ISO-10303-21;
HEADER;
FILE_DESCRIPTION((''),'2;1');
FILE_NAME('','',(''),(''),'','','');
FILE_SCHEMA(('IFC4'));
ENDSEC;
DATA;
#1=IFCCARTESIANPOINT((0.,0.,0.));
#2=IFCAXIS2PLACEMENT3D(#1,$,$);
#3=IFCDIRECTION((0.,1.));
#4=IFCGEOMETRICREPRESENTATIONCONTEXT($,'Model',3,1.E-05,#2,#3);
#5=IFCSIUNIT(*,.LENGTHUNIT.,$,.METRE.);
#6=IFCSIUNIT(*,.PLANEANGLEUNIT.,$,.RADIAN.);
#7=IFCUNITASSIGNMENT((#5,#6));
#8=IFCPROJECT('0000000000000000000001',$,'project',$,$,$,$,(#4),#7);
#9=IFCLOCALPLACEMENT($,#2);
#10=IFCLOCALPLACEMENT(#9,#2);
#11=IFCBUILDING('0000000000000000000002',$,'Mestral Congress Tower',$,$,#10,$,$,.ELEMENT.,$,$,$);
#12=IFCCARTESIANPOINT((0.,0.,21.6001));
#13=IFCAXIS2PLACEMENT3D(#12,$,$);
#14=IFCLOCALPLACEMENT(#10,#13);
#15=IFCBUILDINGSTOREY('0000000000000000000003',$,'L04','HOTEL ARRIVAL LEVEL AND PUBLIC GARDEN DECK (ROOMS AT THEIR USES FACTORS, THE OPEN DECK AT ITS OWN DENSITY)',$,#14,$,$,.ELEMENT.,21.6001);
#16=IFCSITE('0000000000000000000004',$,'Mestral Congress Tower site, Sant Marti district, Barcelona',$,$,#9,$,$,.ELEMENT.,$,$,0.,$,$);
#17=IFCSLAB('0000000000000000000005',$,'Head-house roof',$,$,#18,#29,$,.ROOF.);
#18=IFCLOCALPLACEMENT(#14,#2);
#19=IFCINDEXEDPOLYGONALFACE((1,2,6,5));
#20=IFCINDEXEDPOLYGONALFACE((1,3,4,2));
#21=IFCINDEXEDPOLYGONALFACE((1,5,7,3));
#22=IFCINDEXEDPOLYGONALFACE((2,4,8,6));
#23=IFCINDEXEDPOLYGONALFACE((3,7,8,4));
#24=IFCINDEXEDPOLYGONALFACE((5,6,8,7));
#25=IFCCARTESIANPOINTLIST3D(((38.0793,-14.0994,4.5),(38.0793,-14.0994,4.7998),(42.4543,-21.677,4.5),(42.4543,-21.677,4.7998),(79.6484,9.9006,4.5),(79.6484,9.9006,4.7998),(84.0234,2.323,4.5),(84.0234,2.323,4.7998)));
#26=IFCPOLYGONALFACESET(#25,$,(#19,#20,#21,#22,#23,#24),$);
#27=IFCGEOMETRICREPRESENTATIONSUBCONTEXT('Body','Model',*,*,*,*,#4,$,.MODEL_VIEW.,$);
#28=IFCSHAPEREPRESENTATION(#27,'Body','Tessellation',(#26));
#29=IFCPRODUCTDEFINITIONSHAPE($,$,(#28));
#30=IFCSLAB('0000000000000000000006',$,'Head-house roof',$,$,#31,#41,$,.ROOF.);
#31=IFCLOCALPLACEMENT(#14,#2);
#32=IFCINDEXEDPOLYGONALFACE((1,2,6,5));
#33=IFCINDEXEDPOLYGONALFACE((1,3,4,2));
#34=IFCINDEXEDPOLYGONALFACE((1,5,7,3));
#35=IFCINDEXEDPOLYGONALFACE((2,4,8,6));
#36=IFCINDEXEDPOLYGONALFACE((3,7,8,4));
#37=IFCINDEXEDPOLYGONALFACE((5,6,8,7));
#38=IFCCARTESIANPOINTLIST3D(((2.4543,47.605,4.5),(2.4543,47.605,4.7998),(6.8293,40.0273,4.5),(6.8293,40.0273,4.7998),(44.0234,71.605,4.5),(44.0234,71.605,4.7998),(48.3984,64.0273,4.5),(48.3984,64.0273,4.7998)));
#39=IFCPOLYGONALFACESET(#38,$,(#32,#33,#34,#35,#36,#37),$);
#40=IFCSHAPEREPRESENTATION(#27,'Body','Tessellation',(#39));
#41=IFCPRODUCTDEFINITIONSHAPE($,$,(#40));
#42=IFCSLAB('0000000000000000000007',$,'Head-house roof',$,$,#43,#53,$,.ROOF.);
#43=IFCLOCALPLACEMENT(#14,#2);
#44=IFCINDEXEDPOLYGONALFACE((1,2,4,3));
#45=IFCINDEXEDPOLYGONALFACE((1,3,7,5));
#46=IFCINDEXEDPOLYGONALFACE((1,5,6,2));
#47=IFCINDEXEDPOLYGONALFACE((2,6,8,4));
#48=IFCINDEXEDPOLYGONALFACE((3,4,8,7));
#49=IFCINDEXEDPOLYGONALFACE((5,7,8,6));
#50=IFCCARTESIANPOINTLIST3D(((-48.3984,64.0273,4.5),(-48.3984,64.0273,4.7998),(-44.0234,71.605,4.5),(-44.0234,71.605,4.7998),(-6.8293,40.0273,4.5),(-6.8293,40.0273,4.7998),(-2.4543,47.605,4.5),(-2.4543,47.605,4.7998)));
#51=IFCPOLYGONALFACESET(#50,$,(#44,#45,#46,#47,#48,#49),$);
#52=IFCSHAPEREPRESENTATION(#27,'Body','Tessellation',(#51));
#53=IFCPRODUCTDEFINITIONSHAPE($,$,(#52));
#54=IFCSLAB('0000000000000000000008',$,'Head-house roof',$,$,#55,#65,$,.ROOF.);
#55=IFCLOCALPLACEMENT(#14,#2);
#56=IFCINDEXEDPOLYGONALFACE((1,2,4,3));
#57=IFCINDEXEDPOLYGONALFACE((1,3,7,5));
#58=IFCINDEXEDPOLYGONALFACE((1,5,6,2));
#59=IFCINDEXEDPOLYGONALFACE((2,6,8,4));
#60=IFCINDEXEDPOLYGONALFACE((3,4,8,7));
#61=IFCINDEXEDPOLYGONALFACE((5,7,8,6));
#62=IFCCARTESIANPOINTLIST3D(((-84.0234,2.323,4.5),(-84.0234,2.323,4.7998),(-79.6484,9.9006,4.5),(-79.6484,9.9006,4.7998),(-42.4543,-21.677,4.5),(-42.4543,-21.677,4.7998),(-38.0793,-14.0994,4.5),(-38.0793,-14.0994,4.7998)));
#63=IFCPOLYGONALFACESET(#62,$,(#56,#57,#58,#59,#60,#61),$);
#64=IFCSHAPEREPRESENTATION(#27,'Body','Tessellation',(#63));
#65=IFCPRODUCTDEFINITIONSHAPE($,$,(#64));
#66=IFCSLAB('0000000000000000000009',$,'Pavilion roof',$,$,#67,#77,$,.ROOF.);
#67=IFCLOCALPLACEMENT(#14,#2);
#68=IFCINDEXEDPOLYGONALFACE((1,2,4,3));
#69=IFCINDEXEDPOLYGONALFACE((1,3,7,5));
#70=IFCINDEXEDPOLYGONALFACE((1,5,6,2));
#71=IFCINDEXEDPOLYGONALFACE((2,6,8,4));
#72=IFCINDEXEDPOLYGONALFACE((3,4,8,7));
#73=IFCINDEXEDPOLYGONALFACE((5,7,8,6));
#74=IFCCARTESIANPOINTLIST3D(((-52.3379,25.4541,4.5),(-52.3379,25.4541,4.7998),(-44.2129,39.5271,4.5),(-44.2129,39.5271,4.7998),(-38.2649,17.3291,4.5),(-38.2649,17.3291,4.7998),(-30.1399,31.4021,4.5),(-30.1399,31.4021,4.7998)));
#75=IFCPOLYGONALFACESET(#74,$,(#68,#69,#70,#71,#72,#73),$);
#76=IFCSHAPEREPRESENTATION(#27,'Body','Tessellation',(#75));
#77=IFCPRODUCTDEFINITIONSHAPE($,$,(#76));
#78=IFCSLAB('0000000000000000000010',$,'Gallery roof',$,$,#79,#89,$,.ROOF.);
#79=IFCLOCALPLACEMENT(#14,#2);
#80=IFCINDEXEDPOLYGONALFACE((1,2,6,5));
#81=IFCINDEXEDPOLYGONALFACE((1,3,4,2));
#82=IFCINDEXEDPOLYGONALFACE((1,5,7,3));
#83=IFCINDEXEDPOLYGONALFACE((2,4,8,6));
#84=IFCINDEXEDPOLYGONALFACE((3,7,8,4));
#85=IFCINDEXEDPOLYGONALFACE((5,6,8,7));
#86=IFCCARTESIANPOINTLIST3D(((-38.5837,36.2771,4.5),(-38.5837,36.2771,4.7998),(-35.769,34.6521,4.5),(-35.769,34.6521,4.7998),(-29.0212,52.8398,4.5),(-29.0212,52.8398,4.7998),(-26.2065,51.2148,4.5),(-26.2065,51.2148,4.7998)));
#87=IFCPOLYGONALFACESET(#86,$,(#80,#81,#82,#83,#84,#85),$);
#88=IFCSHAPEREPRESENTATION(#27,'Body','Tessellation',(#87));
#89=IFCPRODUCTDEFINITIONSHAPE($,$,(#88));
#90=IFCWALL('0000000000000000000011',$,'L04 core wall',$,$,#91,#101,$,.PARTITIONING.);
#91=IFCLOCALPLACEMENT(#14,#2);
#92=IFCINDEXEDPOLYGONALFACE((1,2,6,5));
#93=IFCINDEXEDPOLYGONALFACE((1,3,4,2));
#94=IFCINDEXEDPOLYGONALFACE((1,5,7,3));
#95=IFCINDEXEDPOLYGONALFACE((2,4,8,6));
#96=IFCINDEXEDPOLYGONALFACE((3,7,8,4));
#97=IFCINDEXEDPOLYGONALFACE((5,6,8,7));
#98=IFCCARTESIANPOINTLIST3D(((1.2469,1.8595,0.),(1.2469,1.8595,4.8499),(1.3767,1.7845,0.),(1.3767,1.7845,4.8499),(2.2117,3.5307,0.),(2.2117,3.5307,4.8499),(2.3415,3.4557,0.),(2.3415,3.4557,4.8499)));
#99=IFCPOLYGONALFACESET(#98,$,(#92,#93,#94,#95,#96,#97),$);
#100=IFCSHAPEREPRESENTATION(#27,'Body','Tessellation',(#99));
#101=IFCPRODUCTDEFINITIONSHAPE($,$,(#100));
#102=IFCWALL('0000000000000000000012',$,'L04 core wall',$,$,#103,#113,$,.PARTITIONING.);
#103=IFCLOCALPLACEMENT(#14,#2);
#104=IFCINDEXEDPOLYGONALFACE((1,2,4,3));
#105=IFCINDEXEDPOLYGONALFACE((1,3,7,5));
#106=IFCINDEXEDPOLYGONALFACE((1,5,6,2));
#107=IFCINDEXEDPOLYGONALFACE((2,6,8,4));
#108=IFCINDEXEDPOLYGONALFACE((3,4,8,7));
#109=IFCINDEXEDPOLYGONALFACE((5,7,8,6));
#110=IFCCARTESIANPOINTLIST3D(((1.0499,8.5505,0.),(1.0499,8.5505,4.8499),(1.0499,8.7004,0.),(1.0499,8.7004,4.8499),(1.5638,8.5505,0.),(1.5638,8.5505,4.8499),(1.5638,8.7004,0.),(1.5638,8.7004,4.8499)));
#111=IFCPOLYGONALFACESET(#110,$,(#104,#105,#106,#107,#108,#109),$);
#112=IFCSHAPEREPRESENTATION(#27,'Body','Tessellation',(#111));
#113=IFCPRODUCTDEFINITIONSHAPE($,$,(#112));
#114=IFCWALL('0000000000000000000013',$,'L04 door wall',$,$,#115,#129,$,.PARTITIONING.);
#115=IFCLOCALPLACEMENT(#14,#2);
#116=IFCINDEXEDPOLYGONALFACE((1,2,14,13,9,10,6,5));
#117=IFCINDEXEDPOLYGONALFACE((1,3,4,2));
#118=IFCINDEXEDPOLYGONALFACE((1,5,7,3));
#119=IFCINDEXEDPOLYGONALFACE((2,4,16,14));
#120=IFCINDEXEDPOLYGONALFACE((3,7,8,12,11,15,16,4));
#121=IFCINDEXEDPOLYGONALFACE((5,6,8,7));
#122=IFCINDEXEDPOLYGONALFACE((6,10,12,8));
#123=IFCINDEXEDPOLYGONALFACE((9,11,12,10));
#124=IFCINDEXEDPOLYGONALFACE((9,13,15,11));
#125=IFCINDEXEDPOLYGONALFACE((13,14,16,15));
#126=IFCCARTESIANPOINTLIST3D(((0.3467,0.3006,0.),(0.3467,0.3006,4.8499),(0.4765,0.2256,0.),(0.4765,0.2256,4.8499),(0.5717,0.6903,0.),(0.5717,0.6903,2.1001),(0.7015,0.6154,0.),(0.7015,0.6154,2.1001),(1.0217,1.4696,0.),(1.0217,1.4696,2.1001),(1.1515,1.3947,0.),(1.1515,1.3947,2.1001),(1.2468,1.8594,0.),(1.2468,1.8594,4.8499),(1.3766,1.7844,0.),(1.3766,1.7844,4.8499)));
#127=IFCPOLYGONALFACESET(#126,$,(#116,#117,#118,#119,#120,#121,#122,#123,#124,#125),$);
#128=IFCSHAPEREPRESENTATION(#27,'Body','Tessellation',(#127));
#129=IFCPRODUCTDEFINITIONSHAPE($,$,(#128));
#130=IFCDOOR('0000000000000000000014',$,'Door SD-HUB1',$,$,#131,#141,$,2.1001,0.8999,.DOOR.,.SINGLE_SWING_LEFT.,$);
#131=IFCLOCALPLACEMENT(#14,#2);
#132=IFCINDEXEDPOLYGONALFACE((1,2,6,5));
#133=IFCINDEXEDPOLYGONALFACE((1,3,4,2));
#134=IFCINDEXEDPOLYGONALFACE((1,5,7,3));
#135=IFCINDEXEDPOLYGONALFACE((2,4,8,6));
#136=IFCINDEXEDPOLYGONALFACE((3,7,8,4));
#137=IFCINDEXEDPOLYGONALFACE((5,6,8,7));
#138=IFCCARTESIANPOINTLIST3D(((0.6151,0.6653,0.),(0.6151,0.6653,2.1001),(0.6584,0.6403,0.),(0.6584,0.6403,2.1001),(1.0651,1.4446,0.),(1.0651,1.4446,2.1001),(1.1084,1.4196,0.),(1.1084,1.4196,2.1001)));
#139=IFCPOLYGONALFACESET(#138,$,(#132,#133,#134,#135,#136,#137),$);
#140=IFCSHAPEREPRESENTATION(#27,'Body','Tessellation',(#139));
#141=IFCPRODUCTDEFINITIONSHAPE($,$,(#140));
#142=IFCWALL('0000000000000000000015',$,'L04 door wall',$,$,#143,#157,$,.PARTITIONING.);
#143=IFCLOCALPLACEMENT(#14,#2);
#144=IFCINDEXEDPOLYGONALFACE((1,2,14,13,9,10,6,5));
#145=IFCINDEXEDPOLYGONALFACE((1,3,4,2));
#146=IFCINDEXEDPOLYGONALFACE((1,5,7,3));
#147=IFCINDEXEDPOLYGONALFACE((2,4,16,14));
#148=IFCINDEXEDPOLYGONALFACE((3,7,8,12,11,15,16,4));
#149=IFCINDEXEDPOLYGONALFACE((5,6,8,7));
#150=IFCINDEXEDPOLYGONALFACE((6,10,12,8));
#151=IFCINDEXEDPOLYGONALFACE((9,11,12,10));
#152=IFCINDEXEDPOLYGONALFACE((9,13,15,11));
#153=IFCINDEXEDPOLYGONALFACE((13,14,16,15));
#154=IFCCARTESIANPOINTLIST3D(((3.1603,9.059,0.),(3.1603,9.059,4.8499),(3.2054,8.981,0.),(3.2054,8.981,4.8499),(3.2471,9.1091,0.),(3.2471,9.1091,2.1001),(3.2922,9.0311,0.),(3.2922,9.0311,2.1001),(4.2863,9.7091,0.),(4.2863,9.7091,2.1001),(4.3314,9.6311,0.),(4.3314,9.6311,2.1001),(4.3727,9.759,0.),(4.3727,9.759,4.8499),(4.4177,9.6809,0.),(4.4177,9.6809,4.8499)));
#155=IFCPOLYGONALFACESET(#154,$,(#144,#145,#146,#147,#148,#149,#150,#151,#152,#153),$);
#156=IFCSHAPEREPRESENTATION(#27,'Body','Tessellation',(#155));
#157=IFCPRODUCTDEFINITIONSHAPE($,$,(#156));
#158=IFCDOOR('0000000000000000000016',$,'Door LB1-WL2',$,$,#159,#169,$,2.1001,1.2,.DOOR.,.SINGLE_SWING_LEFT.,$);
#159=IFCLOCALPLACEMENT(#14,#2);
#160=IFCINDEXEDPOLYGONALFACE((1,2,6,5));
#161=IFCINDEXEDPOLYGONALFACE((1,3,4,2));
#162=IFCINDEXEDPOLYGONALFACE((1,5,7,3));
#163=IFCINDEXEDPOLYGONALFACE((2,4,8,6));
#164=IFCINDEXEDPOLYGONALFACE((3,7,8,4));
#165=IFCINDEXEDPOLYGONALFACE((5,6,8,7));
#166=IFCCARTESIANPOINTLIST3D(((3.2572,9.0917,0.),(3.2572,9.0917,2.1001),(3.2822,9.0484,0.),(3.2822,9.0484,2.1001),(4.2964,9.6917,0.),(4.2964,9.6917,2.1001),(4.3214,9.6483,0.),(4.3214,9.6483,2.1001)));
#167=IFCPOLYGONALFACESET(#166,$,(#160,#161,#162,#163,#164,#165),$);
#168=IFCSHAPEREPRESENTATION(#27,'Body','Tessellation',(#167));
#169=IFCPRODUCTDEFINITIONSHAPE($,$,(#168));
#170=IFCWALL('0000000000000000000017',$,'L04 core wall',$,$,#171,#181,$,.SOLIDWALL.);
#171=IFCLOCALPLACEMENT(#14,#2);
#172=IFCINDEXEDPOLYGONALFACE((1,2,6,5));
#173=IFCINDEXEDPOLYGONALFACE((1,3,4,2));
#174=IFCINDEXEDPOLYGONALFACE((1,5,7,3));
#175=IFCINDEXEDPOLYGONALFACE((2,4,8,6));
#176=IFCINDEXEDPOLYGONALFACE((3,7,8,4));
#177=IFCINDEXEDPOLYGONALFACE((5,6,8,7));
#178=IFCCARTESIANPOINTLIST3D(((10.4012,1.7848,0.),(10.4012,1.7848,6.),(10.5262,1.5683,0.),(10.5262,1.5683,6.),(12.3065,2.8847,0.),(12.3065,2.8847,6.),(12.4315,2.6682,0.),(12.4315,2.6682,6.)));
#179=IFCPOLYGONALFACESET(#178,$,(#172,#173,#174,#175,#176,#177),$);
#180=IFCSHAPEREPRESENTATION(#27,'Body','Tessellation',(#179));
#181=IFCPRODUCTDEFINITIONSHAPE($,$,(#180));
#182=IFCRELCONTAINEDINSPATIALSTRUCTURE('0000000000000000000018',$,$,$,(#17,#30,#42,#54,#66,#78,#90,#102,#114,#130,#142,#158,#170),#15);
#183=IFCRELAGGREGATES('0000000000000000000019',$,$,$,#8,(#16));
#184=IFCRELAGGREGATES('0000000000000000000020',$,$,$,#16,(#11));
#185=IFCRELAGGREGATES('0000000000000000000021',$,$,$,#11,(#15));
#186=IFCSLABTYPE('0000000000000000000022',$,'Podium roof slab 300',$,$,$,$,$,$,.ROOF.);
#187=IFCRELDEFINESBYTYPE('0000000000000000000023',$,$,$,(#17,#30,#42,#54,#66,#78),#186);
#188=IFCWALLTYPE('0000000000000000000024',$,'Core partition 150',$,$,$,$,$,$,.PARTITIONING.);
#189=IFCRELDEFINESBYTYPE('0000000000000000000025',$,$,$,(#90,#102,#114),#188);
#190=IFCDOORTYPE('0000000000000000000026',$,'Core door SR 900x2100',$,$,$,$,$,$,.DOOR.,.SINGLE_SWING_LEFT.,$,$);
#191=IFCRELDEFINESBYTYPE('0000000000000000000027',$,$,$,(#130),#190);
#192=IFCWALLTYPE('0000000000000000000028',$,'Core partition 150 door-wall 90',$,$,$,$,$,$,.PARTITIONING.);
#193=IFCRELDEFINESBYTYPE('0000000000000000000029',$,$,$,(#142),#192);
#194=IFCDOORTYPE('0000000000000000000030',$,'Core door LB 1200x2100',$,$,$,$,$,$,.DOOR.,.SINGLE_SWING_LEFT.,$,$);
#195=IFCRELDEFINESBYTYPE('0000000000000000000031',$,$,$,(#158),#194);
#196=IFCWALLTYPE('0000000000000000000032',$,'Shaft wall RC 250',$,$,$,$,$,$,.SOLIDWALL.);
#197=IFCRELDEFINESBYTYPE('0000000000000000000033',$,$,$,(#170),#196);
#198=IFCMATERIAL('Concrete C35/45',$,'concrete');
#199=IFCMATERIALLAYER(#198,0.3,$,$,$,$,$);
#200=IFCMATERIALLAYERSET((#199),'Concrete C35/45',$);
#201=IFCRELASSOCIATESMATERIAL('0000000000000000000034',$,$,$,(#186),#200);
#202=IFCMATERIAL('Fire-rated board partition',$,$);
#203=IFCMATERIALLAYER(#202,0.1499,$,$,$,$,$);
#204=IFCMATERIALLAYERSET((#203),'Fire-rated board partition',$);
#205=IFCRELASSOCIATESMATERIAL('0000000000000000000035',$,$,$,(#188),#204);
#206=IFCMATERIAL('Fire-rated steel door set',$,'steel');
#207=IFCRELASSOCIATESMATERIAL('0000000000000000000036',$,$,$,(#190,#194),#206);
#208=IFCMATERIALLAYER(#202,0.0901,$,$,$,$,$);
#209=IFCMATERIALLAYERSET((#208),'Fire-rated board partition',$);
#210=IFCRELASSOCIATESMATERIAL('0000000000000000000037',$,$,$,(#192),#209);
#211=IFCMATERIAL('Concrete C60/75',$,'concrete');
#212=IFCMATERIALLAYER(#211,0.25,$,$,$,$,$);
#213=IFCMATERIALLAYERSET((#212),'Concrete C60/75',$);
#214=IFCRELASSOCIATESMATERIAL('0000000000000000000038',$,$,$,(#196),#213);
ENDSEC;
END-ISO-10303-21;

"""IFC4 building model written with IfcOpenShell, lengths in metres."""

from ifc_helpers import new_model, si_unit, direction, frame, frame_2d, origin, place, context, subcontext, project, spatial, polyline, rectangle, outline, extrude, material, layer, layer_set, type_object, element, fill, save


model = new_model("IFC4")

# Units and contexts
model_context = context("Model", 3, precision=1e-05, world=origin(), true_north=direction((0.0, 1.0)))
body_context = subcontext(model_context, "Body", "Model", "MODEL_VIEW")
ifc_project = project(units=[si_unit("LENGTHUNIT", "METRE"), si_unit("PLANEANGLEUNIT", "RADIAN")], contexts=[model_context])

# Site, building, storey
site_placement = place(None, origin())
site = spatial("IfcSite", under=ifc_project, at=site_placement, Name="Mestral Congress Tower site, Sant Marti district, Barcelona", CompositionType="ELEMENT", RefElevation=0.0)
building_placement = place(site_placement, origin())
building = spatial("IfcBuilding", under=site, at=building_placement, Name="Mestral Congress Tower", CompositionType="ELEMENT")
storey_placement = place(building_placement, frame((0.0, 0.0, 21.6001)))
storey = spatial("IfcBuildingStorey", under=building, at=storey_placement, Name="L04", Description="HOTEL ARRIVAL LEVEL AND PUBLIC GARDEN DECK (ROOMS AT THEIR USES FACTORS, THE OPEN DECK AT ITS OWN DENSITY)", CompositionType="ELEMENT", Elevation=21.6001)

# Slabs
ifc_material_1 = material(Name="Concrete C35/45", Category="concrete")
ifc_layer_1 = layer(ifc_material_1, 0.3)
ifc_layer_set_1 = layer_set([ifc_layer_1], Name="Concrete C35/45")
slab_type = type_object("IfcSlabType", Name="Podium roof slab 300", PredefinedType="ROOF", material=ifc_layer_set_1)
placement_1 = place(storey_placement, frame((0.0, 0.0, 4.5)))
element("IfcSlab", 1, at=placement_1, inside=storey, type_object=slab_type, Name="Head-house roof", PredefinedType="ROOF", context=body_context, shape_type="SweptSolid", body=[
    extrude(outline(polyline([(84.0234, 2.323), (79.6484, 9.9006), (38.0793, -14.0994), (42.4543, -21.677), (84.0234, 2.323)])), origin(), (0.0, 0.0, 1.0), 0.2998),
])
element("IfcSlab", 2, at=placement_1, inside=storey, type_object=slab_type, Name="Head-house roof", PredefinedType="ROOF", context=body_context, shape_type="SweptSolid", body=[
    extrude(outline(polyline([(48.3984, 64.0273), (44.0234, 71.605), (2.4543, 47.605), (6.8293, 40.0273), (48.3984, 64.0273)])), origin(), (0.0, 0.0, 1.0), 0.2998),
])
element("IfcSlab", 3, at=placement_1, inside=storey, type_object=slab_type, Name="Head-house roof", PredefinedType="ROOF", context=body_context, shape_type="SweptSolid", body=[
    extrude(outline(polyline([(-44.0234, 71.605), (-48.3984, 64.0273), (-6.8293, 40.0273), (-2.4543, 47.605), (-44.0234, 71.605)])), origin(), (0.0, 0.0, 1.0), 0.2998),
])
element("IfcSlab", 4, at=placement_1, inside=storey, type_object=slab_type, Name="Head-house roof", PredefinedType="ROOF", context=body_context, shape_type="SweptSolid", body=[
    extrude(outline(polyline([(-79.6484, 9.9006), (-84.0234, 2.323), (-42.4543, -21.677), (-38.0793, -14.0994), (-79.6484, 9.9006)])), origin(), (0.0, 0.0, 1.0), 0.2998),
])
element("IfcSlab", 5, at=placement_1, inside=storey, type_object=slab_type, Name="Pavilion roof", PredefinedType="ROOF", context=body_context, shape_type="SweptSolid", body=[
    extrude(outline(polyline([(-44.2129, 39.5271), (-52.3379, 25.4541), (-38.2649, 17.3291), (-30.1399, 31.4021), (-44.2129, 39.5271)])), origin(), (0.0, 0.0, 1.0), 0.2998),
])
element("IfcSlab", 6, at=placement_1, inside=storey, type_object=slab_type, Name="Gallery roof", PredefinedType="ROOF", context=body_context, shape_type="SweptSolid", body=[
    extrude(outline(polyline([(-29.0212, 52.8398), (-38.5837, 36.2771), (-35.769, 34.6521), (-26.2065, 51.2148), (-29.0212, 52.8398)])), origin(), (0.0, 0.0, 1.0), 0.2998),
])

# Walls
ifc_material_2 = material(Name="Fire-rated board partition")
ifc_layer_2 = layer(ifc_material_2, 0.1499)
ifc_layer_set_2 = layer_set([ifc_layer_2], Name="Fire-rated board partition")
wall_type_1 = type_object("IfcWallType", Name="Core partition 150", PredefinedType="PARTITIONING", material=ifc_layer_set_2)
wall_1_placement = place(storey_placement, frame((1.3118, 1.822, 0.0), z_axis=(0.0, 0.0, 1.0), x_axis=(0.500004, 0.866023, 0.0)))
element("IfcWall", 7, at=wall_1_placement, inside=storey, type_object=wall_type_1, Name="L04 core wall", PredefinedType="PARTITIONING", context=body_context, shape_type="SweptSolid", body=[
    extrude(rectangle(XDim=1.9297, YDim=0.1499, at=frame_2d((0.9648, 0.0))), origin(), (0.0, 0.0, 1.0), 4.8499),
])
wall_2_placement = place(storey_placement, frame((1.05, 8.6255, 0.0), z_axis=(0.0, 0.0, 1.0), x_axis=(1.0, 0.0, 0.0)))
element("IfcWall", 8, at=wall_2_placement, inside=storey, type_object=wall_type_1, Name="L04 core wall", PredefinedType="PARTITIONING", context=body_context, shape_type="SweptSolid", body=[
    extrude(rectangle(XDim=0.5139, YDim=0.1499, at=frame_2d((0.2568, 0.0))), origin(), (0.0, 0.0, 1.0), 4.8499),
])

# Walls, openings, doors
wall_3_placement = place(storey_placement, frame((0.4116, 0.2632, 0.0), z_axis=(0.0, 0.0, 1.0), x_axis=(0.500063, 0.865989, 0.0)))
wall_3 = element("IfcWall", 9, at=wall_3_placement, inside=storey, type_object=wall_type_1, Name="L04 door wall", PredefinedType="PARTITIONING", context=body_context, shape_type="SweptSolid", body=[
    extrude(rectangle(XDim=1.8, YDim=0.1499, at=frame_2d((0.8999, 0.0))), origin(), (0.0, 0.0, 1.0), 4.8499),
])
opening_1_placement = place(wall_3_placement, frame((0.45, 0.0, 0.0)))
opening_1 = element("IfcOpeningElement", 10, at=opening_1_placement, cuts=wall_3, PredefinedType="OPENING", context=body_context, shape_type="SweptSolid", body=[
    extrude(rectangle(XDim=0.8999, YDim=2.1001, at=frame_2d((0.45, 1.05))), frame((0.0, 0.085, 0.0), z_axis=(0.0, -1.0, 0.0), x_axis=(1.0, 0.0, 0.0)), (0.0, 0.0, 1.0), 0.1699),
])
ifc_material_3 = material(Name="Fire-rated steel door set", Category="steel")
door_type_1 = type_object("IfcDoorType", Name="Core door SR 900x2100", OperationType="SINGLE_SWING_LEFT", PredefinedType="DOOR", material=ifc_material_3)
door_1_placement = place(opening_1_placement, origin())
door_1 = element("IfcDoor", 11, at=door_1_placement, inside=storey, type_object=door_type_1, Name="Door SD-HUB1", OperationType="SINGLE_SWING_LEFT", OverallHeight=2.1001, OverallWidth=0.8999, PredefinedType="DOOR", context=body_context, shape_type="SweptSolid", body=[
    extrude(rectangle(XDim=0.8999, YDim=2.1001, at=frame_2d((0.45, 1.05))), frame((0.0, 0.0249, 0.0), z_axis=(0.0, -1.0, 0.0), x_axis=(1.0, 0.0, 0.0)), (0.0, 0.0, 1.0), 0.05),
])
fill(opening_1, door_1)
ifc_layer_3 = layer(ifc_material_2, 0.0901)
ifc_layer_set_3 = layer_set([ifc_layer_3], Name="Fire-rated board partition")
wall_type_2 = type_object("IfcWallType", Name="Core partition 150 door-wall 90", PredefinedType="PARTITIONING", material=ifc_layer_set_3)
wall_4_placement = place(storey_placement, frame((3.1829, 9.02, 0.0), z_axis=(0.0, 0.0, 1.0), x_axis=(0.866035, 0.499984, 0.0)))
wall_4 = element("IfcWall", 12, at=wall_4_placement, inside=storey, type_object=wall_type_2, Name="L04 door wall", PredefinedType="PARTITIONING", context=body_context, shape_type="SweptSolid", body=[
    extrude(rectangle(XDim=1.3999, YDim=0.0901, at=frame_2d((0.7, 0.0))), origin(), (0.0, 0.0, 1.0), 4.8499),
])
opening_2_placement = place(wall_4_placement, frame((0.1001, 0.0, 0.0)))
opening_2 = element("IfcOpeningElement", 13, at=opening_2_placement, cuts=wall_4, PredefinedType="OPENING", context=body_context, shape_type="SweptSolid", body=[
    extrude(rectangle(XDim=1.2, YDim=2.1001, at=frame_2d((0.6001, 1.05))), frame((0.0, 0.0549, 0.0), z_axis=(0.0, -1.0, 0.0), x_axis=(1.0, 0.0, 0.0)), (0.0, 0.0, 1.0), 0.1101),
])
door_type_2 = type_object("IfcDoorType", Name="Core door LB 1200x2100", OperationType="SINGLE_SWING_LEFT", PredefinedType="DOOR", material=ifc_material_3)
door_2_placement = place(opening_2_placement, origin())
door_2 = element("IfcDoor", 14, at=door_2_placement, inside=storey, type_object=door_type_2, Name="Door LB1-WL2", OperationType="SINGLE_SWING_LEFT", OverallHeight=2.1001, OverallWidth=1.2, PredefinedType="DOOR", context=body_context, shape_type="SweptSolid", body=[
    extrude(rectangle(XDim=1.2, YDim=2.1001, at=frame_2d((0.6001, 1.05))), frame((0.0, 0.0249, 0.0), z_axis=(0.0, -1.0, 0.0), x_axis=(1.0, 0.0, 0.0)), (0.0, 0.0, 1.0), 0.05),
])
fill(opening_2, door_2)

# Wall
ifc_material_4 = material(Name="Concrete C60/75", Category="concrete")
ifc_layer_4 = layer(ifc_material_4, 0.25)
ifc_layer_set_4 = layer_set([ifc_layer_4], Name="Concrete C60/75")
wall_type_3 = type_object("IfcWallType", Name="Shaft wall RC 250", PredefinedType="SOLIDWALL", material=ifc_layer_set_4)
wall_5_placement = place(storey_placement, frame((10.4636, 1.6765, 0.0), z_axis=(0.0, 0.0, 1.0), x_axis=(0.866056, 0.499947, 0.0)))
element("IfcWall", 15, at=wall_5_placement, inside=storey, type_object=wall_type_3, Name="L04 core wall", PredefinedType="SOLIDWALL", context=body_context, shape_type="SweptSolid", body=[
    extrude(rectangle(XDim=2.2, YDim=0.25, at=frame_2d((1.1001, 0.0))), origin(), (0.0, 0.0, 1.0), 6.0),
])

save(model, "model.ifc")
